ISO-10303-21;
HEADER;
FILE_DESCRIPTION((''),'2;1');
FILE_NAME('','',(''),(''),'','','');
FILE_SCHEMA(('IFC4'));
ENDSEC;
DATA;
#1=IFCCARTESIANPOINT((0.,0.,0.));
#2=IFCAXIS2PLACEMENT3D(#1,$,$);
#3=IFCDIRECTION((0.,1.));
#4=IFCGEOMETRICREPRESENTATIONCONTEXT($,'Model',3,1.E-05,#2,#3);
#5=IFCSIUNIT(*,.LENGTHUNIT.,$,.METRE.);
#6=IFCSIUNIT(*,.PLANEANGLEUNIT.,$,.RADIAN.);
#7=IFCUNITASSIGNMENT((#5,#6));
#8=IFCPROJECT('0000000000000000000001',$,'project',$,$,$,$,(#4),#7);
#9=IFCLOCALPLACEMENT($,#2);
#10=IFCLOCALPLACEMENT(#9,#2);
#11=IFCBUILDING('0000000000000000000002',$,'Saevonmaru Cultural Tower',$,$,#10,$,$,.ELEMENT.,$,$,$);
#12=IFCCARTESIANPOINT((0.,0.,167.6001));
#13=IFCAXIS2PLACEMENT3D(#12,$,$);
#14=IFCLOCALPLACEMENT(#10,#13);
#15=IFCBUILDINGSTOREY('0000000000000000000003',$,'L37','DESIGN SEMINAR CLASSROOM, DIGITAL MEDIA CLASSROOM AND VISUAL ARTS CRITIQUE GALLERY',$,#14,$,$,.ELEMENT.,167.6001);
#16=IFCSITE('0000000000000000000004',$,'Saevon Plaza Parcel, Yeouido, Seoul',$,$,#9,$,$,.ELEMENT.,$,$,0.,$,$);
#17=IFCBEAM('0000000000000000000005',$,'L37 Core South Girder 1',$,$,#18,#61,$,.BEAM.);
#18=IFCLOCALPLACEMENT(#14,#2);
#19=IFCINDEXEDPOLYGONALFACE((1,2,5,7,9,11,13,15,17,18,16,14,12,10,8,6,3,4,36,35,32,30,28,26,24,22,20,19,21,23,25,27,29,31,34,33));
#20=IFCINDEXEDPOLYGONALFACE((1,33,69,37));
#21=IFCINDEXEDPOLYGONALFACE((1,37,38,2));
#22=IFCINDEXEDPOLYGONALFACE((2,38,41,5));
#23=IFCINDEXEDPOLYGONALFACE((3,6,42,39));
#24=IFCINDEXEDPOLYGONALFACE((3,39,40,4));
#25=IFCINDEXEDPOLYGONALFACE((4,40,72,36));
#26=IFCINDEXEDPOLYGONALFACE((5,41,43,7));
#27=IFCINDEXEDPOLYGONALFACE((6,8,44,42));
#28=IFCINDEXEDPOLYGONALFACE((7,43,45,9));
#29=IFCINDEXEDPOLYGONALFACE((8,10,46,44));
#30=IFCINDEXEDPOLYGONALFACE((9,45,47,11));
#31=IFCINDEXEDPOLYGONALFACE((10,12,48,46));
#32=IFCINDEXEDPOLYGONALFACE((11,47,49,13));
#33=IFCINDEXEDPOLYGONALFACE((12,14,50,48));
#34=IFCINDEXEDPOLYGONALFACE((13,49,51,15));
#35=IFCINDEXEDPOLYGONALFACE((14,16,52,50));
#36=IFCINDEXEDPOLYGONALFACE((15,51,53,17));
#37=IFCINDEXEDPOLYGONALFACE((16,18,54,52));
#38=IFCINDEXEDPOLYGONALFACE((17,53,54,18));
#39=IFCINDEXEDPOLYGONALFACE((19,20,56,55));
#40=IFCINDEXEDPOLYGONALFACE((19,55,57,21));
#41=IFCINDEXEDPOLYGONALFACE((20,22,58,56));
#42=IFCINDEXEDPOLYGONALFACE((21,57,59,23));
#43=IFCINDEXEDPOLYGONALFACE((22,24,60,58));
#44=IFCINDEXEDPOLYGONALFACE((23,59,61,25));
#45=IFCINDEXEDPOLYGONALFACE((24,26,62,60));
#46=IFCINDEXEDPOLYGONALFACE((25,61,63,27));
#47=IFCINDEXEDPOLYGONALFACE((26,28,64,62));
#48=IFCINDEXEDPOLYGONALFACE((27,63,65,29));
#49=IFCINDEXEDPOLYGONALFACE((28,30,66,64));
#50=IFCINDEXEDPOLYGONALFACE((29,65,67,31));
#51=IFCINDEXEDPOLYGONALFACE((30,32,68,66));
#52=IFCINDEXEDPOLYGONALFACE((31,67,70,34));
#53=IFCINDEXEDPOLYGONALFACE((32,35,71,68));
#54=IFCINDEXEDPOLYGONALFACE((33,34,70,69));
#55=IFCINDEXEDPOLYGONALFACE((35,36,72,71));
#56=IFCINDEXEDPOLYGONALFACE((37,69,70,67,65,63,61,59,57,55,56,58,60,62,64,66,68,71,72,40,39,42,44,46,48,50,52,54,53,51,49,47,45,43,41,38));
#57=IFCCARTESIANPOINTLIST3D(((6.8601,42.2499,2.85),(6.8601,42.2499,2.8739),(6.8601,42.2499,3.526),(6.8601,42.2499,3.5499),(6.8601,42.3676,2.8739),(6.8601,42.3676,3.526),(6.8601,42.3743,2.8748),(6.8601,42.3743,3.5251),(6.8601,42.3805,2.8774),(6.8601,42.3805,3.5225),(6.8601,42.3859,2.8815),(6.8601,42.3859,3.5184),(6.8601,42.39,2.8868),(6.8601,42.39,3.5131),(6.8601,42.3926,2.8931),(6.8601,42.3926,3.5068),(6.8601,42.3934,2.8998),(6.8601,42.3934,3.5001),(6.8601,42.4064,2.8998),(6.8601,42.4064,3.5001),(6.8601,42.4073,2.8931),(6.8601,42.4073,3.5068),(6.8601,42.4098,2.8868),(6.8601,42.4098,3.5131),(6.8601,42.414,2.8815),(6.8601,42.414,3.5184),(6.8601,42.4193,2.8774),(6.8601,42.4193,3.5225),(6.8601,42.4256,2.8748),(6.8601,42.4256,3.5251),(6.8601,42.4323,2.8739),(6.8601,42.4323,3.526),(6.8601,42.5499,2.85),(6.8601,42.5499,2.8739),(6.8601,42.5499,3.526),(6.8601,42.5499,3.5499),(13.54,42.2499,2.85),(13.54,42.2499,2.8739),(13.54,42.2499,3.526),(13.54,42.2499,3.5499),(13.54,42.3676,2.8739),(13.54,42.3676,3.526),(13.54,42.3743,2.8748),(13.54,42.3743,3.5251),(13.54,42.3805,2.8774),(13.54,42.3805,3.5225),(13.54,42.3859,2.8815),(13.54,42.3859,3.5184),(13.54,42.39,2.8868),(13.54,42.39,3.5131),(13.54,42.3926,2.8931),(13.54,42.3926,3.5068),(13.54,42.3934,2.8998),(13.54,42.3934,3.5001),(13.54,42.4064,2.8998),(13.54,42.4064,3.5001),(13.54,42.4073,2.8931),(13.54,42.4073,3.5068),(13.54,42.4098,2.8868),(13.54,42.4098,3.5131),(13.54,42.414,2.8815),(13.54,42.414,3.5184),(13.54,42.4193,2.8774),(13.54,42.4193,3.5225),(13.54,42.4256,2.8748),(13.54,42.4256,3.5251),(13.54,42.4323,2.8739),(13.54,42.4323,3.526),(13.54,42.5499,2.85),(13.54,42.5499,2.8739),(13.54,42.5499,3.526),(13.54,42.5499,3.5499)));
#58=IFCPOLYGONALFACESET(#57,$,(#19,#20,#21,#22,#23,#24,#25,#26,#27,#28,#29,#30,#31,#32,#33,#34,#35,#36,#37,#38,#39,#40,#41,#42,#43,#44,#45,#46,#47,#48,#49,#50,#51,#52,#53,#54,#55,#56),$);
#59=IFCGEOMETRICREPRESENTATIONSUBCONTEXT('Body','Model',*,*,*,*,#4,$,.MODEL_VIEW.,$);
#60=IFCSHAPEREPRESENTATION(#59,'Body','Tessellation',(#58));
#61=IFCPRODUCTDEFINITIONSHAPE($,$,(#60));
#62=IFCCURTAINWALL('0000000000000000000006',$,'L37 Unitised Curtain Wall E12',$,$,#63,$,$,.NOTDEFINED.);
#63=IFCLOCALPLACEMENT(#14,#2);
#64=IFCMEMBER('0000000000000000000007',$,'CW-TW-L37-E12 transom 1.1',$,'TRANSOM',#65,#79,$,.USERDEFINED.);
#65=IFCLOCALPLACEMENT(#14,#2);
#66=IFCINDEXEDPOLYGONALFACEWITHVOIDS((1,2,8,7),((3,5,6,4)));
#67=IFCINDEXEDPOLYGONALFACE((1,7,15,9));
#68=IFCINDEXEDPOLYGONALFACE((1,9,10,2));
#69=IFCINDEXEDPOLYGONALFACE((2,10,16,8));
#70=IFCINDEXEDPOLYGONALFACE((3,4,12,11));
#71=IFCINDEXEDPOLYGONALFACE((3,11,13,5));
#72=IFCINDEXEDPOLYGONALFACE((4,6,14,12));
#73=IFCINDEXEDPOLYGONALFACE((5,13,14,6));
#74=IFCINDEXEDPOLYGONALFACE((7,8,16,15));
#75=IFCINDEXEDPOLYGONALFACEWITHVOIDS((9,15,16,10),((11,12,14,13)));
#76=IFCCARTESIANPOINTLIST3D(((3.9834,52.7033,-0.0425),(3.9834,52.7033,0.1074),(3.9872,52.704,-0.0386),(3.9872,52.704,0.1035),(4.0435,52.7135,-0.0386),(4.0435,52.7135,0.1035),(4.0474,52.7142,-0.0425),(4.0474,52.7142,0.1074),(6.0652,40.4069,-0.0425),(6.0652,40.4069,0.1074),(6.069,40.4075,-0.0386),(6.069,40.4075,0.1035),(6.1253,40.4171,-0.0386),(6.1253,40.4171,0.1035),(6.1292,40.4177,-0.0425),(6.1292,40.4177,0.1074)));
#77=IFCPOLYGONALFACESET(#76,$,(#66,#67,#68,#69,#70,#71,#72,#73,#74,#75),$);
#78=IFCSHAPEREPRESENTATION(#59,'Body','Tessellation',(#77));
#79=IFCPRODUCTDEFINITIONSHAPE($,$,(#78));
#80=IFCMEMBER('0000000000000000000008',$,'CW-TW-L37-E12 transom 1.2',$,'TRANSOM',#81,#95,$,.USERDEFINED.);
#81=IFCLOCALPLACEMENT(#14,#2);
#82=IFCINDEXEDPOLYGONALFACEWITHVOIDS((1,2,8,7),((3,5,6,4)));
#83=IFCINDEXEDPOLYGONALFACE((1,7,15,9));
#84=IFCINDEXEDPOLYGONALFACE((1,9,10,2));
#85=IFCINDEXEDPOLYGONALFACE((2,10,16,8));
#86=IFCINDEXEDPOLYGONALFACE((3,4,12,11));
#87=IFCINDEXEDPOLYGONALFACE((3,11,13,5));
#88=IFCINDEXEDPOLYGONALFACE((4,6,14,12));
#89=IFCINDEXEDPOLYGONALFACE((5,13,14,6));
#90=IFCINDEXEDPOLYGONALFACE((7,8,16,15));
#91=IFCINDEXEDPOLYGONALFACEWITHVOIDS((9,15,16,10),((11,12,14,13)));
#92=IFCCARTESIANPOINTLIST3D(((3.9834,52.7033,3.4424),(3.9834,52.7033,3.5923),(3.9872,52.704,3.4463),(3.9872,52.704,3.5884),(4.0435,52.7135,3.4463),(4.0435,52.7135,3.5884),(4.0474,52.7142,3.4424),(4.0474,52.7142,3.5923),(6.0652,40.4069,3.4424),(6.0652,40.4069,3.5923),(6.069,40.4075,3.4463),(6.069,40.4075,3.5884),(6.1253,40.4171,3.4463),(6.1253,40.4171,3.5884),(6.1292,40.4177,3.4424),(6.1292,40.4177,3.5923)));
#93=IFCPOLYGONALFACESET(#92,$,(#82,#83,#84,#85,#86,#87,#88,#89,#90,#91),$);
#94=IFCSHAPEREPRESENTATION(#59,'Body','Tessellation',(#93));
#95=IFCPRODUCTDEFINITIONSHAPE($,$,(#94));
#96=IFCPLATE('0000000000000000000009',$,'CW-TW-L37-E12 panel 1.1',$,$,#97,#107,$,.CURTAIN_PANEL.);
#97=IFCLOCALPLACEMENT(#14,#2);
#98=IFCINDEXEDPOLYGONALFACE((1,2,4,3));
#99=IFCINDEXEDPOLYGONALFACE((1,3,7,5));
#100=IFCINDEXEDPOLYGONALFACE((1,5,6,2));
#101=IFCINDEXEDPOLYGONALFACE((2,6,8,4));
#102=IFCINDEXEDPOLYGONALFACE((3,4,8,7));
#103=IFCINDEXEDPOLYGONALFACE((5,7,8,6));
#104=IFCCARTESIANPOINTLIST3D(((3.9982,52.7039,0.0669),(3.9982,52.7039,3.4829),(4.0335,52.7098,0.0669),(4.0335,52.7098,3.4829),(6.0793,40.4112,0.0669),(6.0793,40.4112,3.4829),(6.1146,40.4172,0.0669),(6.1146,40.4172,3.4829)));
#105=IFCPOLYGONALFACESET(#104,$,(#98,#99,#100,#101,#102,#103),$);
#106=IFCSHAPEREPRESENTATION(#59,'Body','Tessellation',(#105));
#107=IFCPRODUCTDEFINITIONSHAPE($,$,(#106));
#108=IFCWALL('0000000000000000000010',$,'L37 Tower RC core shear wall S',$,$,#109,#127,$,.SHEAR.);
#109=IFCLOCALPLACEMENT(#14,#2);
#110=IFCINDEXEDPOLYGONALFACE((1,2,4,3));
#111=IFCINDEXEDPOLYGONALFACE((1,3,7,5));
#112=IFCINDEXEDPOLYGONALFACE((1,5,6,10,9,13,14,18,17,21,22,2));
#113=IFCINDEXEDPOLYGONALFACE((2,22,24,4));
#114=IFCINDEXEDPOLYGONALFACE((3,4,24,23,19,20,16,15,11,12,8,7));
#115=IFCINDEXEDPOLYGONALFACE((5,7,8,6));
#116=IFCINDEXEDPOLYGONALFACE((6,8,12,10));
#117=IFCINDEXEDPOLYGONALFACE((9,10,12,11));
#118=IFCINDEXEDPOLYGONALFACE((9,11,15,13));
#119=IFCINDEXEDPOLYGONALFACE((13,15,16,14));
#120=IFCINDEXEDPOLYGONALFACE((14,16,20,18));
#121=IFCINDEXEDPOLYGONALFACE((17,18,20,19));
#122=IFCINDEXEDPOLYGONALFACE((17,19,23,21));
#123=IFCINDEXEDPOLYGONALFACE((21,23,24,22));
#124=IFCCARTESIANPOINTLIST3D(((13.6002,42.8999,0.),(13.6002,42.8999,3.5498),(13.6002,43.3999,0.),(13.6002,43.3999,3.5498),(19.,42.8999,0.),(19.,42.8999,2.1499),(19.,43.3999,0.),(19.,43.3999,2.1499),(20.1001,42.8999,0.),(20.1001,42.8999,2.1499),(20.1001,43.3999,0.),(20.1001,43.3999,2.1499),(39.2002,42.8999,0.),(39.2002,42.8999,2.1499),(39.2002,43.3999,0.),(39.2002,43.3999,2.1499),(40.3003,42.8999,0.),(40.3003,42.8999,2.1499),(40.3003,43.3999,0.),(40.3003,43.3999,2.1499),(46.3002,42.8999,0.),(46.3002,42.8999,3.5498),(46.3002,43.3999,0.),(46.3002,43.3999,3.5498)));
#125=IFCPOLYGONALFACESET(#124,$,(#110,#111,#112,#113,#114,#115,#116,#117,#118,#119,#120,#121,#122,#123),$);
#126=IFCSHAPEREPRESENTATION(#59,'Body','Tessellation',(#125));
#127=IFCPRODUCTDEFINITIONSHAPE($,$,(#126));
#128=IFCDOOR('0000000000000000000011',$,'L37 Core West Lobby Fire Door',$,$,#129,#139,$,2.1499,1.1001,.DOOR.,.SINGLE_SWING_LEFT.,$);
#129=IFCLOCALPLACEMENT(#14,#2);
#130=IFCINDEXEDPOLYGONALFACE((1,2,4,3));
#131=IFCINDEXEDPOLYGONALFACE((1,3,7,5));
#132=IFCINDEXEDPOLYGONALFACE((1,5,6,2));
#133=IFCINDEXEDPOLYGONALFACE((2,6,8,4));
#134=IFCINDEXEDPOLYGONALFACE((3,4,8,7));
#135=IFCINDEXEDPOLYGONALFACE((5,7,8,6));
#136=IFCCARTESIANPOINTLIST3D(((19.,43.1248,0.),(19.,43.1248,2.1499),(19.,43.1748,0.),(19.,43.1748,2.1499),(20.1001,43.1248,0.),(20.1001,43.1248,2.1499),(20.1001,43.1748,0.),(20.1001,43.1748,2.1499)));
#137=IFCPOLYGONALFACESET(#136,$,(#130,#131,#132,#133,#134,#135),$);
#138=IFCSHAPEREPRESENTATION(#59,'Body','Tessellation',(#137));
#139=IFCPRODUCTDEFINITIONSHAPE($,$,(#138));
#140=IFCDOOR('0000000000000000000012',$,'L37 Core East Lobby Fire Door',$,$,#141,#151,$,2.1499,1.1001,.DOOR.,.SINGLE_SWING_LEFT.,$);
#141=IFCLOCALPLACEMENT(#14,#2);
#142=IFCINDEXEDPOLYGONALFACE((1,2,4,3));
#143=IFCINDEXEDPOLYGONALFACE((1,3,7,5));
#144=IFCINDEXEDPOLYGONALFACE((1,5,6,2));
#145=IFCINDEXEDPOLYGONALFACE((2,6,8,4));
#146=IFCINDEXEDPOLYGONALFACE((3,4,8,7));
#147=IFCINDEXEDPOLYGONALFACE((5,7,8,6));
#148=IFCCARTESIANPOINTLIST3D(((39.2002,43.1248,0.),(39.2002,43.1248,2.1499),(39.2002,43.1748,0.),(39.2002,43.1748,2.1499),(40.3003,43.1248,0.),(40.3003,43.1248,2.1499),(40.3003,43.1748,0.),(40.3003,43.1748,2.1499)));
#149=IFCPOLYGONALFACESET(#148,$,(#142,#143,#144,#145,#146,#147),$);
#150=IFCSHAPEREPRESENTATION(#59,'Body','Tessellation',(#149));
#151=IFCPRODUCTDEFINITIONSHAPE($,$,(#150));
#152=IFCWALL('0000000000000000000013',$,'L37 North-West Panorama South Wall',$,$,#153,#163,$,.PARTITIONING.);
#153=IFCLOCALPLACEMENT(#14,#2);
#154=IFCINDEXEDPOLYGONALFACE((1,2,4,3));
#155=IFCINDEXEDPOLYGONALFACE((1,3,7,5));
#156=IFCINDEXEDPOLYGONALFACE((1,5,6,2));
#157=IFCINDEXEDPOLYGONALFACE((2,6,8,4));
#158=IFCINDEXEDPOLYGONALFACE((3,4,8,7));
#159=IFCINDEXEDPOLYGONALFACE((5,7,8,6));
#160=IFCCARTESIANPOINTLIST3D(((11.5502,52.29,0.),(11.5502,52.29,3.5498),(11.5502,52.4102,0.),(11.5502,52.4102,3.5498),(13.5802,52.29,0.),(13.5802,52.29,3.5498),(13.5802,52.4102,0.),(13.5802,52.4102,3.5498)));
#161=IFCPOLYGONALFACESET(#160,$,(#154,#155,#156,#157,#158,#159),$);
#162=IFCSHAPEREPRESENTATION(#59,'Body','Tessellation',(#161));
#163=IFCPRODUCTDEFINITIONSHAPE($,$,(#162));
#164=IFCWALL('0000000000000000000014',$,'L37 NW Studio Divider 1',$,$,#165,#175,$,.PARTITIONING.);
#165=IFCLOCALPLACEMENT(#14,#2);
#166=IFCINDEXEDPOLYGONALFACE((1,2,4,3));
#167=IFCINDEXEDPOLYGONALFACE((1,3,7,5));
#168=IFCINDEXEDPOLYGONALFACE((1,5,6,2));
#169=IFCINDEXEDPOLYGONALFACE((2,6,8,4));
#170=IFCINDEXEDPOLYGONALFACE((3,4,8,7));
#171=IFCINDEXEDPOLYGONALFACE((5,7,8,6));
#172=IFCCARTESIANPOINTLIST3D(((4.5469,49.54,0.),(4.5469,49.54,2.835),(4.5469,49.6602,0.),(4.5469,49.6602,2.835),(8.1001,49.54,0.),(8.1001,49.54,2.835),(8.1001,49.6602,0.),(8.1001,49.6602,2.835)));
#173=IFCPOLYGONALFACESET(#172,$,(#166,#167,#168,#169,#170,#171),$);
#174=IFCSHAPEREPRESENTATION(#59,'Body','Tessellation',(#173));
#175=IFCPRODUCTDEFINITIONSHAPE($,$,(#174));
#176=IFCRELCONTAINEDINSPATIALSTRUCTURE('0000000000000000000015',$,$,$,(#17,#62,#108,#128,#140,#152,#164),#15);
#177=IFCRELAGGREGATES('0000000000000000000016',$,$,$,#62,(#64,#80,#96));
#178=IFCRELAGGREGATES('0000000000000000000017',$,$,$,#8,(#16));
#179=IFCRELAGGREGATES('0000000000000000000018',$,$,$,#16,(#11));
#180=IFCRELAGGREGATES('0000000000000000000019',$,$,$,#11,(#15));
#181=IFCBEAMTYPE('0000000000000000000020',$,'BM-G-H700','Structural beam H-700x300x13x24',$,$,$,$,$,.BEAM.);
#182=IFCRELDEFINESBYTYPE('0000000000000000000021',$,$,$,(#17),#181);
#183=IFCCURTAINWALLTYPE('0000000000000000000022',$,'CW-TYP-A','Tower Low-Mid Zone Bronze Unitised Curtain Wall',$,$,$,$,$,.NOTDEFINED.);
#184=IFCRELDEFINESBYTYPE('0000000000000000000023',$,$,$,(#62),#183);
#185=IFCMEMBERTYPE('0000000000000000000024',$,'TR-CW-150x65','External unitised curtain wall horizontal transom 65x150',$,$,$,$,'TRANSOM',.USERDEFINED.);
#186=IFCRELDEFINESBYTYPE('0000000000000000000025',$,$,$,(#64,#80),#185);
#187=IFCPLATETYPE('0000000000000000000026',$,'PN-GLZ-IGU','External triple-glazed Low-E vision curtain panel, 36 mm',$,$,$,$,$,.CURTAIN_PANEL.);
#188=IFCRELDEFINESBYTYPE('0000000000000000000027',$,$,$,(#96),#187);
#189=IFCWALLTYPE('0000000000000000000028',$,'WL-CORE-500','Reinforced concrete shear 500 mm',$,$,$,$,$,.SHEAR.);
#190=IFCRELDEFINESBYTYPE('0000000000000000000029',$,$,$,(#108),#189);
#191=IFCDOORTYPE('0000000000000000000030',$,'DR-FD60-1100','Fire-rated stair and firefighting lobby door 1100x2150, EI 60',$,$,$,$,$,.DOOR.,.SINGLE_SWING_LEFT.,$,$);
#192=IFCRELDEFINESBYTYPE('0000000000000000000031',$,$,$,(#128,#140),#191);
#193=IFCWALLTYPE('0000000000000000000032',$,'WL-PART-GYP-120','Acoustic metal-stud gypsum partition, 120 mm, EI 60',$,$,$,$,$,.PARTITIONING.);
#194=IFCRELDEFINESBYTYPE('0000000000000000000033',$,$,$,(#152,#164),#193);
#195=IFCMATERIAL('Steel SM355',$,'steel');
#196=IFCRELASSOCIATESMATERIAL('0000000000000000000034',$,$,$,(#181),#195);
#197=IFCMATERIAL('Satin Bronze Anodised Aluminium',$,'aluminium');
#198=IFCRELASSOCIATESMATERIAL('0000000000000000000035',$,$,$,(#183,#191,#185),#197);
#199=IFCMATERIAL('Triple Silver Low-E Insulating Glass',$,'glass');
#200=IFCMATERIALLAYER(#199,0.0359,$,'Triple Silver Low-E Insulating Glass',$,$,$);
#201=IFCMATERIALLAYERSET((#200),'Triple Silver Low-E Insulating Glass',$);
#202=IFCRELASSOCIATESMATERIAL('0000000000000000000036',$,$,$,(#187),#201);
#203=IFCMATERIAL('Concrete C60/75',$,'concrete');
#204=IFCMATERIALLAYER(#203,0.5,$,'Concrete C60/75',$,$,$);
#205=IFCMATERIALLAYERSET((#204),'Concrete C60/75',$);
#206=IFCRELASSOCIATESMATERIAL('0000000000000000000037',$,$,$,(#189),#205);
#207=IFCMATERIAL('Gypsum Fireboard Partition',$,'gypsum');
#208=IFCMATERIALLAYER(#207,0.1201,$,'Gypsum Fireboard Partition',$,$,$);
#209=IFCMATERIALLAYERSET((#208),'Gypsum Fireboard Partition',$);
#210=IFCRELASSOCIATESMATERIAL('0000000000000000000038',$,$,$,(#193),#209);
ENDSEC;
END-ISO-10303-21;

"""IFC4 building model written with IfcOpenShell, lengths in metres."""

from ifc_helpers import new_model, si_unit, direction, frame, frame_2d, origin, origin_2d, place, context, subcontext, project, spatial, rectangle, hollow_rectangle, i_section, extrude, material, layer, layer_set, material_profile, profile_set, type_object, element, fill, aggregate, save


model = new_model("IFC4")

# Units and contexts
model_context = context("Model", 3, precision=1e-05, world=origin(), true_north=direction((0.0, 1.0)))
body_context = subcontext(model_context, "Body", "Model", "MODEL_VIEW")
ifc_project = project(units=[si_unit("LENGTHUNIT", "METRE"), si_unit("PLANEANGLEUNIT", "RADIAN")], contexts=[model_context])

# Site, building, storey
site_placement = place(None, origin())
site = spatial("IfcSite", under=ifc_project, at=site_placement, Name="Saevon Plaza Parcel, Yeouido, Seoul", CompositionType="ELEMENT", RefElevation=0.0)
building_placement = place(site_placement, origin())
building = spatial("IfcBuilding", under=site, at=building_placement, Name="Saevonmaru Cultural Tower", CompositionType="ELEMENT")
storey_placement = place(building_placement, frame((0.0, 0.0, 167.6001)))
storey = spatial("IfcBuildingStorey", under=building, at=storey_placement, Name="L37", Description="DESIGN SEMINAR CLASSROOM, DIGITAL MEDIA CLASSROOM AND VISUAL ARTS CRITIQUE GALLERY", CompositionType="ELEMENT", Elevation=167.6001)

# Beam
ifc_material_1 = material(Name="Steel SM355", Category="steel")
ifc_material_profile_1 = material_profile(ifc_material_1, i_section(OverallWidth=0.3, OverallDepth=0.7, WebThickness=0.0129, FlangeThickness=0.0239, FilletRadius=0.0259, at=origin_2d()), Name="H-700x300x13x24")
ifc_profile_set_1 = profile_set([ifc_material_profile_1], Name="Steel SM355")
beam_type = type_object("IfcBeamType", Name="BM-G-H700", Description="Structural beam H-700x300x13x24", PredefinedType="BEAM", material=ifc_profile_set_1)
beam_placement = place(storey_placement, frame((6.8601, 42.3999, 3.2), z_axis=(1.0, 0.0, 0.0), x_axis=(0.0, 1.0, 0.0)))
element("IfcBeam", 1, at=beam_placement, inside=storey, type_object=beam_type, Name="L37 Core South Girder 1", PredefinedType="BEAM", context=body_context, shape_type="SweptSolid", body=[
    extrude(i_section(OverallWidth=0.3, OverallDepth=0.7, WebThickness=0.0129, FlangeThickness=0.0239, FilletRadius=0.0259, at=origin_2d()), origin(), (0.0, 0.0, 1.0), 6.6799),
])

# Curtain wall, members, plate
ifc_material_2 = material(Name="Satin Bronze Anodised Aluminium", Category="aluminium")
curtain_wall_type = type_object("IfcCurtainWallType", Name="CW-TYP-A", Description="Tower Low-Mid Zone Bronze Unitised Curtain Wall", PredefinedType="NOTDEFINED", material=ifc_material_2)
curtain_wall_placement = place(storey_placement, origin())
curtain_wall = element("IfcCurtainWall", 2, at=curtain_wall_placement, inside=storey, type_object=curtain_wall_type, Name="L37 Unitised Curtain Wall E12", PredefinedType="NOTDEFINED")
ifc_material_profile_2 = material_profile(ifc_material_2, hollow_rectangle(XDim=0.0649, YDim=0.1499, WallThickness=0.0039, at=origin_2d()), Name="ALU-TRAN-150x65x4")
ifc_profile_set_2 = profile_set([ifc_material_profile_2], Name="Satin Bronze Anodised Aluminium")
member_type = type_object("IfcMemberType", Name="TR-CW-150x65", Description="External unitised curtain wall horizontal transom 65x150", ElementType="TRANSOM", PredefinedType="USERDEFINED", material=ifc_profile_set_2)
member_1_placement = place(storey_placement, frame((4.0154, 52.7087, 0.0325), z_axis=(0.166925, -0.98597, 0.0), x_axis=(0.98597, 0.166925, 0.0)))
member_1 = element("IfcMember", 3, at=member_1_placement, type_object=member_type, Name="CW-TW-L37-E12 transom 1.1", ObjectType="TRANSOM", PredefinedType="USERDEFINED", context=body_context, shape_type="SweptSolid", body=[
    extrude(hollow_rectangle(XDim=0.0649, YDim=0.1499, WallThickness=0.0039, at=origin_2d()), origin(), (0.0, 0.0, 1.0), 12.4714),
])
member_2_placement = place(storey_placement, frame((4.0154, 52.7087, 3.5173), z_axis=(0.166925, -0.98597, 0.0), x_axis=(0.98597, 0.166925, 0.0)))
member_2 = element("IfcMember", 4, at=member_2_placement, type_object=member_type, Name="CW-TW-L37-E12 transom 1.2", ObjectType="TRANSOM", PredefinedType="USERDEFINED", context=body_context, shape_type="SweptSolid", body=[
    extrude(hollow_rectangle(XDim=0.0649, YDim=0.1499, WallThickness=0.0039, at=origin_2d()), origin(), (0.0, 0.0, 1.0), 12.4714),
])
ifc_material_3 = material(Name="Triple Silver Low-E Insulating Glass", Category="glass")
ifc_layer_1 = layer(ifc_material_3, 0.0359, Name="Triple Silver Low-E Insulating Glass")
ifc_layer_set_1 = layer_set([ifc_layer_1], Name="Triple Silver Low-E Insulating Glass")
plate_type = type_object("IfcPlateType", Name="PN-GLZ-IGU", Description="External triple-glazed Low-E vision curtain panel, 36 mm", PredefinedType="CURTAIN_PANEL", material=ifc_layer_set_1)
plate_placement = place(storey_placement, frame((5.0564, 46.5605, 0.0669), z_axis=(0.0, 0.0, 1.0), x_axis=(0.166922, -0.98597, 0.0)))
plate = element("IfcPlate", 5, at=plate_placement, type_object=plate_type, Name="CW-TW-L37-E12 panel 1.1", PredefinedType="CURTAIN_PANEL", context=body_context, shape_type="SweptSolid", body=[
    extrude(rectangle(XDim=12.4675, YDim=0.0359, at=origin_2d()), origin(), (0.0, 0.0, 1.0), 3.416),
])
aggregate(curtain_wall, [member_1, member_2, plate])

# Wall, openings, doors
ifc_material_4 = material(Name="Concrete C60/75", Category="concrete")
ifc_layer_2 = layer(ifc_material_4, 0.5, Name="Concrete C60/75")
ifc_layer_set_2 = layer_set([ifc_layer_2], Name="Concrete C60/75")
wall_type_1 = type_object("IfcWallType", Name="WL-CORE-500", Description="Reinforced concrete shear 500 mm", PredefinedType="SHEAR", material=ifc_layer_set_2)
wall_1_placement = place(storey_placement, frame((13.6001, 43.1499, 0.0), z_axis=(0.0, 0.0, 1.0), x_axis=(1.0, 0.0, 0.0)))
wall_1 = element("IfcWall", 6, at=wall_1_placement, inside=storey, type_object=wall_type_1, Name="L37 Tower RC core shear wall S", PredefinedType="SHEAR", context=body_context, shape_type="SweptSolid", body=[
    extrude(rectangle(XDim=32.7, YDim=0.5, at=frame_2d((16.3501, 0.0))), origin(), (0.0, 0.0, 1.0), 3.5498),
])
opening_1_placement = place(wall_1_placement, frame((5.3999, 0.0, 0.0)))
opening_1 = element("IfcOpeningElement", 7, at=opening_1_placement, cuts=wall_1, PredefinedType="OPENING", context=body_context, shape_type="SweptSolid", body=[
    extrude(rectangle(XDim=1.1001, YDim=2.1499, at=frame_2d((0.55, 1.075))), frame((0.0, 0.26, 0.0), z_axis=(0.0, -1.0, 0.0), x_axis=(1.0, 0.0, 0.0)), (0.0, 0.0, 1.0), 0.52),
])
opening_2_placement = place(wall_1_placement, frame((25.6001, 0.0, 0.0)))
opening_2 = element("IfcOpeningElement", 8, at=opening_2_placement, cuts=wall_1, PredefinedType="OPENING", context=body_context, shape_type="SweptSolid", body=[
    extrude(rectangle(XDim=1.1001, YDim=2.1499, at=frame_2d((0.55, 1.075))), frame((0.0, 0.26, 0.0), z_axis=(0.0, -1.0, 0.0), x_axis=(1.0, 0.0, 0.0)), (0.0, 0.0, 1.0), 0.52),
])
door_type = type_object("IfcDoorType", Name="DR-FD60-1100", Description="Fire-rated stair and firefighting lobby door 1100x2150, EI 60", OperationType="SINGLE_SWING_LEFT", PredefinedType="DOOR", material=ifc_material_2)
door_1_placement = place(opening_1_placement, origin())
door_1 = element("IfcDoor", 9, at=door_1_placement, inside=storey, type_object=door_type, Name="L37 Core West Lobby Fire Door", OperationType="SINGLE_SWING_LEFT", OverallHeight=2.1499, OverallWidth=1.1001, PredefinedType="DOOR", context=body_context, shape_type="SweptSolid", body=[
    extrude(rectangle(XDim=1.1001, YDim=2.1499, at=frame_2d((0.55, 1.075))), frame((0.0, 0.0249, 0.0), z_axis=(0.0, -1.0, 0.0), x_axis=(1.0, 0.0, 0.0)), (0.0, 0.0, 1.0), 0.05),
])
fill(opening_1, door_1)
door_2_placement = place(opening_2_placement, origin())
door_2 = element("IfcDoor", 10, at=door_2_placement, inside=storey, type_object=door_type, Name="L37 Core East Lobby Fire Door", OperationType="SINGLE_SWING_LEFT", OverallHeight=2.1499, OverallWidth=1.1001, PredefinedType="DOOR", context=body_context, shape_type="SweptSolid", body=[
    extrude(rectangle(XDim=1.1001, YDim=2.1499, at=frame_2d((0.55, 1.075))), frame((0.0, 0.0249, 0.0), z_axis=(0.0, -1.0, 0.0), x_axis=(1.0, 0.0, 0.0)), (0.0, 0.0, 1.0), 0.05),
])
fill(opening_2, door_2)

# Walls
ifc_material_5 = material(Name="Gypsum Fireboard Partition", Category="gypsum")
ifc_layer_3 = layer(ifc_material_5, 0.1201, Name="Gypsum Fireboard Partition")
ifc_layer_set_3 = layer_set([ifc_layer_3], Name="Gypsum Fireboard Partition")
wall_type_2 = type_object("IfcWallType", Name="WL-PART-GYP-120", Description="Acoustic metal-stud gypsum partition, 120 mm, EI 60", PredefinedType="PARTITIONING", material=ifc_layer_set_3)
wall_2_placement = place(storey_placement, frame((11.55, 52.3501, 0.0), z_axis=(0.0, 0.0, 1.0), x_axis=(1.0, 0.0, 0.0)))
element("IfcWall", 11, at=wall_2_placement, inside=storey, type_object=wall_type_2, Name="L37 North-West Panorama South Wall", PredefinedType="PARTITIONING", context=body_context, shape_type="SweptSolid", body=[
    extrude(rectangle(XDim=2.03, YDim=0.1201, at=frame_2d((1.0151, 0.0))), origin(), (0.0, 0.0, 1.0), 3.5498),
])
wall_3_placement = place(storey_placement, frame((4.5469, 49.6001, 0.0), z_axis=(0.0, 0.0, 1.0), x_axis=(1.0, 0.0, 0.0)))
element("IfcWall", 12, at=wall_3_placement, inside=storey, type_object=wall_type_2, Name="L37 NW Studio Divider 1", PredefinedType="PARTITIONING", context=body_context, shape_type="SweptSolid", body=[
    extrude(rectangle(XDim=3.5532, YDim=0.1201, at=frame_2d((1.7766, 0.0))), origin(), (0.0, 0.0, 1.0), 2.835),
])

save(model, "model.ifc")
